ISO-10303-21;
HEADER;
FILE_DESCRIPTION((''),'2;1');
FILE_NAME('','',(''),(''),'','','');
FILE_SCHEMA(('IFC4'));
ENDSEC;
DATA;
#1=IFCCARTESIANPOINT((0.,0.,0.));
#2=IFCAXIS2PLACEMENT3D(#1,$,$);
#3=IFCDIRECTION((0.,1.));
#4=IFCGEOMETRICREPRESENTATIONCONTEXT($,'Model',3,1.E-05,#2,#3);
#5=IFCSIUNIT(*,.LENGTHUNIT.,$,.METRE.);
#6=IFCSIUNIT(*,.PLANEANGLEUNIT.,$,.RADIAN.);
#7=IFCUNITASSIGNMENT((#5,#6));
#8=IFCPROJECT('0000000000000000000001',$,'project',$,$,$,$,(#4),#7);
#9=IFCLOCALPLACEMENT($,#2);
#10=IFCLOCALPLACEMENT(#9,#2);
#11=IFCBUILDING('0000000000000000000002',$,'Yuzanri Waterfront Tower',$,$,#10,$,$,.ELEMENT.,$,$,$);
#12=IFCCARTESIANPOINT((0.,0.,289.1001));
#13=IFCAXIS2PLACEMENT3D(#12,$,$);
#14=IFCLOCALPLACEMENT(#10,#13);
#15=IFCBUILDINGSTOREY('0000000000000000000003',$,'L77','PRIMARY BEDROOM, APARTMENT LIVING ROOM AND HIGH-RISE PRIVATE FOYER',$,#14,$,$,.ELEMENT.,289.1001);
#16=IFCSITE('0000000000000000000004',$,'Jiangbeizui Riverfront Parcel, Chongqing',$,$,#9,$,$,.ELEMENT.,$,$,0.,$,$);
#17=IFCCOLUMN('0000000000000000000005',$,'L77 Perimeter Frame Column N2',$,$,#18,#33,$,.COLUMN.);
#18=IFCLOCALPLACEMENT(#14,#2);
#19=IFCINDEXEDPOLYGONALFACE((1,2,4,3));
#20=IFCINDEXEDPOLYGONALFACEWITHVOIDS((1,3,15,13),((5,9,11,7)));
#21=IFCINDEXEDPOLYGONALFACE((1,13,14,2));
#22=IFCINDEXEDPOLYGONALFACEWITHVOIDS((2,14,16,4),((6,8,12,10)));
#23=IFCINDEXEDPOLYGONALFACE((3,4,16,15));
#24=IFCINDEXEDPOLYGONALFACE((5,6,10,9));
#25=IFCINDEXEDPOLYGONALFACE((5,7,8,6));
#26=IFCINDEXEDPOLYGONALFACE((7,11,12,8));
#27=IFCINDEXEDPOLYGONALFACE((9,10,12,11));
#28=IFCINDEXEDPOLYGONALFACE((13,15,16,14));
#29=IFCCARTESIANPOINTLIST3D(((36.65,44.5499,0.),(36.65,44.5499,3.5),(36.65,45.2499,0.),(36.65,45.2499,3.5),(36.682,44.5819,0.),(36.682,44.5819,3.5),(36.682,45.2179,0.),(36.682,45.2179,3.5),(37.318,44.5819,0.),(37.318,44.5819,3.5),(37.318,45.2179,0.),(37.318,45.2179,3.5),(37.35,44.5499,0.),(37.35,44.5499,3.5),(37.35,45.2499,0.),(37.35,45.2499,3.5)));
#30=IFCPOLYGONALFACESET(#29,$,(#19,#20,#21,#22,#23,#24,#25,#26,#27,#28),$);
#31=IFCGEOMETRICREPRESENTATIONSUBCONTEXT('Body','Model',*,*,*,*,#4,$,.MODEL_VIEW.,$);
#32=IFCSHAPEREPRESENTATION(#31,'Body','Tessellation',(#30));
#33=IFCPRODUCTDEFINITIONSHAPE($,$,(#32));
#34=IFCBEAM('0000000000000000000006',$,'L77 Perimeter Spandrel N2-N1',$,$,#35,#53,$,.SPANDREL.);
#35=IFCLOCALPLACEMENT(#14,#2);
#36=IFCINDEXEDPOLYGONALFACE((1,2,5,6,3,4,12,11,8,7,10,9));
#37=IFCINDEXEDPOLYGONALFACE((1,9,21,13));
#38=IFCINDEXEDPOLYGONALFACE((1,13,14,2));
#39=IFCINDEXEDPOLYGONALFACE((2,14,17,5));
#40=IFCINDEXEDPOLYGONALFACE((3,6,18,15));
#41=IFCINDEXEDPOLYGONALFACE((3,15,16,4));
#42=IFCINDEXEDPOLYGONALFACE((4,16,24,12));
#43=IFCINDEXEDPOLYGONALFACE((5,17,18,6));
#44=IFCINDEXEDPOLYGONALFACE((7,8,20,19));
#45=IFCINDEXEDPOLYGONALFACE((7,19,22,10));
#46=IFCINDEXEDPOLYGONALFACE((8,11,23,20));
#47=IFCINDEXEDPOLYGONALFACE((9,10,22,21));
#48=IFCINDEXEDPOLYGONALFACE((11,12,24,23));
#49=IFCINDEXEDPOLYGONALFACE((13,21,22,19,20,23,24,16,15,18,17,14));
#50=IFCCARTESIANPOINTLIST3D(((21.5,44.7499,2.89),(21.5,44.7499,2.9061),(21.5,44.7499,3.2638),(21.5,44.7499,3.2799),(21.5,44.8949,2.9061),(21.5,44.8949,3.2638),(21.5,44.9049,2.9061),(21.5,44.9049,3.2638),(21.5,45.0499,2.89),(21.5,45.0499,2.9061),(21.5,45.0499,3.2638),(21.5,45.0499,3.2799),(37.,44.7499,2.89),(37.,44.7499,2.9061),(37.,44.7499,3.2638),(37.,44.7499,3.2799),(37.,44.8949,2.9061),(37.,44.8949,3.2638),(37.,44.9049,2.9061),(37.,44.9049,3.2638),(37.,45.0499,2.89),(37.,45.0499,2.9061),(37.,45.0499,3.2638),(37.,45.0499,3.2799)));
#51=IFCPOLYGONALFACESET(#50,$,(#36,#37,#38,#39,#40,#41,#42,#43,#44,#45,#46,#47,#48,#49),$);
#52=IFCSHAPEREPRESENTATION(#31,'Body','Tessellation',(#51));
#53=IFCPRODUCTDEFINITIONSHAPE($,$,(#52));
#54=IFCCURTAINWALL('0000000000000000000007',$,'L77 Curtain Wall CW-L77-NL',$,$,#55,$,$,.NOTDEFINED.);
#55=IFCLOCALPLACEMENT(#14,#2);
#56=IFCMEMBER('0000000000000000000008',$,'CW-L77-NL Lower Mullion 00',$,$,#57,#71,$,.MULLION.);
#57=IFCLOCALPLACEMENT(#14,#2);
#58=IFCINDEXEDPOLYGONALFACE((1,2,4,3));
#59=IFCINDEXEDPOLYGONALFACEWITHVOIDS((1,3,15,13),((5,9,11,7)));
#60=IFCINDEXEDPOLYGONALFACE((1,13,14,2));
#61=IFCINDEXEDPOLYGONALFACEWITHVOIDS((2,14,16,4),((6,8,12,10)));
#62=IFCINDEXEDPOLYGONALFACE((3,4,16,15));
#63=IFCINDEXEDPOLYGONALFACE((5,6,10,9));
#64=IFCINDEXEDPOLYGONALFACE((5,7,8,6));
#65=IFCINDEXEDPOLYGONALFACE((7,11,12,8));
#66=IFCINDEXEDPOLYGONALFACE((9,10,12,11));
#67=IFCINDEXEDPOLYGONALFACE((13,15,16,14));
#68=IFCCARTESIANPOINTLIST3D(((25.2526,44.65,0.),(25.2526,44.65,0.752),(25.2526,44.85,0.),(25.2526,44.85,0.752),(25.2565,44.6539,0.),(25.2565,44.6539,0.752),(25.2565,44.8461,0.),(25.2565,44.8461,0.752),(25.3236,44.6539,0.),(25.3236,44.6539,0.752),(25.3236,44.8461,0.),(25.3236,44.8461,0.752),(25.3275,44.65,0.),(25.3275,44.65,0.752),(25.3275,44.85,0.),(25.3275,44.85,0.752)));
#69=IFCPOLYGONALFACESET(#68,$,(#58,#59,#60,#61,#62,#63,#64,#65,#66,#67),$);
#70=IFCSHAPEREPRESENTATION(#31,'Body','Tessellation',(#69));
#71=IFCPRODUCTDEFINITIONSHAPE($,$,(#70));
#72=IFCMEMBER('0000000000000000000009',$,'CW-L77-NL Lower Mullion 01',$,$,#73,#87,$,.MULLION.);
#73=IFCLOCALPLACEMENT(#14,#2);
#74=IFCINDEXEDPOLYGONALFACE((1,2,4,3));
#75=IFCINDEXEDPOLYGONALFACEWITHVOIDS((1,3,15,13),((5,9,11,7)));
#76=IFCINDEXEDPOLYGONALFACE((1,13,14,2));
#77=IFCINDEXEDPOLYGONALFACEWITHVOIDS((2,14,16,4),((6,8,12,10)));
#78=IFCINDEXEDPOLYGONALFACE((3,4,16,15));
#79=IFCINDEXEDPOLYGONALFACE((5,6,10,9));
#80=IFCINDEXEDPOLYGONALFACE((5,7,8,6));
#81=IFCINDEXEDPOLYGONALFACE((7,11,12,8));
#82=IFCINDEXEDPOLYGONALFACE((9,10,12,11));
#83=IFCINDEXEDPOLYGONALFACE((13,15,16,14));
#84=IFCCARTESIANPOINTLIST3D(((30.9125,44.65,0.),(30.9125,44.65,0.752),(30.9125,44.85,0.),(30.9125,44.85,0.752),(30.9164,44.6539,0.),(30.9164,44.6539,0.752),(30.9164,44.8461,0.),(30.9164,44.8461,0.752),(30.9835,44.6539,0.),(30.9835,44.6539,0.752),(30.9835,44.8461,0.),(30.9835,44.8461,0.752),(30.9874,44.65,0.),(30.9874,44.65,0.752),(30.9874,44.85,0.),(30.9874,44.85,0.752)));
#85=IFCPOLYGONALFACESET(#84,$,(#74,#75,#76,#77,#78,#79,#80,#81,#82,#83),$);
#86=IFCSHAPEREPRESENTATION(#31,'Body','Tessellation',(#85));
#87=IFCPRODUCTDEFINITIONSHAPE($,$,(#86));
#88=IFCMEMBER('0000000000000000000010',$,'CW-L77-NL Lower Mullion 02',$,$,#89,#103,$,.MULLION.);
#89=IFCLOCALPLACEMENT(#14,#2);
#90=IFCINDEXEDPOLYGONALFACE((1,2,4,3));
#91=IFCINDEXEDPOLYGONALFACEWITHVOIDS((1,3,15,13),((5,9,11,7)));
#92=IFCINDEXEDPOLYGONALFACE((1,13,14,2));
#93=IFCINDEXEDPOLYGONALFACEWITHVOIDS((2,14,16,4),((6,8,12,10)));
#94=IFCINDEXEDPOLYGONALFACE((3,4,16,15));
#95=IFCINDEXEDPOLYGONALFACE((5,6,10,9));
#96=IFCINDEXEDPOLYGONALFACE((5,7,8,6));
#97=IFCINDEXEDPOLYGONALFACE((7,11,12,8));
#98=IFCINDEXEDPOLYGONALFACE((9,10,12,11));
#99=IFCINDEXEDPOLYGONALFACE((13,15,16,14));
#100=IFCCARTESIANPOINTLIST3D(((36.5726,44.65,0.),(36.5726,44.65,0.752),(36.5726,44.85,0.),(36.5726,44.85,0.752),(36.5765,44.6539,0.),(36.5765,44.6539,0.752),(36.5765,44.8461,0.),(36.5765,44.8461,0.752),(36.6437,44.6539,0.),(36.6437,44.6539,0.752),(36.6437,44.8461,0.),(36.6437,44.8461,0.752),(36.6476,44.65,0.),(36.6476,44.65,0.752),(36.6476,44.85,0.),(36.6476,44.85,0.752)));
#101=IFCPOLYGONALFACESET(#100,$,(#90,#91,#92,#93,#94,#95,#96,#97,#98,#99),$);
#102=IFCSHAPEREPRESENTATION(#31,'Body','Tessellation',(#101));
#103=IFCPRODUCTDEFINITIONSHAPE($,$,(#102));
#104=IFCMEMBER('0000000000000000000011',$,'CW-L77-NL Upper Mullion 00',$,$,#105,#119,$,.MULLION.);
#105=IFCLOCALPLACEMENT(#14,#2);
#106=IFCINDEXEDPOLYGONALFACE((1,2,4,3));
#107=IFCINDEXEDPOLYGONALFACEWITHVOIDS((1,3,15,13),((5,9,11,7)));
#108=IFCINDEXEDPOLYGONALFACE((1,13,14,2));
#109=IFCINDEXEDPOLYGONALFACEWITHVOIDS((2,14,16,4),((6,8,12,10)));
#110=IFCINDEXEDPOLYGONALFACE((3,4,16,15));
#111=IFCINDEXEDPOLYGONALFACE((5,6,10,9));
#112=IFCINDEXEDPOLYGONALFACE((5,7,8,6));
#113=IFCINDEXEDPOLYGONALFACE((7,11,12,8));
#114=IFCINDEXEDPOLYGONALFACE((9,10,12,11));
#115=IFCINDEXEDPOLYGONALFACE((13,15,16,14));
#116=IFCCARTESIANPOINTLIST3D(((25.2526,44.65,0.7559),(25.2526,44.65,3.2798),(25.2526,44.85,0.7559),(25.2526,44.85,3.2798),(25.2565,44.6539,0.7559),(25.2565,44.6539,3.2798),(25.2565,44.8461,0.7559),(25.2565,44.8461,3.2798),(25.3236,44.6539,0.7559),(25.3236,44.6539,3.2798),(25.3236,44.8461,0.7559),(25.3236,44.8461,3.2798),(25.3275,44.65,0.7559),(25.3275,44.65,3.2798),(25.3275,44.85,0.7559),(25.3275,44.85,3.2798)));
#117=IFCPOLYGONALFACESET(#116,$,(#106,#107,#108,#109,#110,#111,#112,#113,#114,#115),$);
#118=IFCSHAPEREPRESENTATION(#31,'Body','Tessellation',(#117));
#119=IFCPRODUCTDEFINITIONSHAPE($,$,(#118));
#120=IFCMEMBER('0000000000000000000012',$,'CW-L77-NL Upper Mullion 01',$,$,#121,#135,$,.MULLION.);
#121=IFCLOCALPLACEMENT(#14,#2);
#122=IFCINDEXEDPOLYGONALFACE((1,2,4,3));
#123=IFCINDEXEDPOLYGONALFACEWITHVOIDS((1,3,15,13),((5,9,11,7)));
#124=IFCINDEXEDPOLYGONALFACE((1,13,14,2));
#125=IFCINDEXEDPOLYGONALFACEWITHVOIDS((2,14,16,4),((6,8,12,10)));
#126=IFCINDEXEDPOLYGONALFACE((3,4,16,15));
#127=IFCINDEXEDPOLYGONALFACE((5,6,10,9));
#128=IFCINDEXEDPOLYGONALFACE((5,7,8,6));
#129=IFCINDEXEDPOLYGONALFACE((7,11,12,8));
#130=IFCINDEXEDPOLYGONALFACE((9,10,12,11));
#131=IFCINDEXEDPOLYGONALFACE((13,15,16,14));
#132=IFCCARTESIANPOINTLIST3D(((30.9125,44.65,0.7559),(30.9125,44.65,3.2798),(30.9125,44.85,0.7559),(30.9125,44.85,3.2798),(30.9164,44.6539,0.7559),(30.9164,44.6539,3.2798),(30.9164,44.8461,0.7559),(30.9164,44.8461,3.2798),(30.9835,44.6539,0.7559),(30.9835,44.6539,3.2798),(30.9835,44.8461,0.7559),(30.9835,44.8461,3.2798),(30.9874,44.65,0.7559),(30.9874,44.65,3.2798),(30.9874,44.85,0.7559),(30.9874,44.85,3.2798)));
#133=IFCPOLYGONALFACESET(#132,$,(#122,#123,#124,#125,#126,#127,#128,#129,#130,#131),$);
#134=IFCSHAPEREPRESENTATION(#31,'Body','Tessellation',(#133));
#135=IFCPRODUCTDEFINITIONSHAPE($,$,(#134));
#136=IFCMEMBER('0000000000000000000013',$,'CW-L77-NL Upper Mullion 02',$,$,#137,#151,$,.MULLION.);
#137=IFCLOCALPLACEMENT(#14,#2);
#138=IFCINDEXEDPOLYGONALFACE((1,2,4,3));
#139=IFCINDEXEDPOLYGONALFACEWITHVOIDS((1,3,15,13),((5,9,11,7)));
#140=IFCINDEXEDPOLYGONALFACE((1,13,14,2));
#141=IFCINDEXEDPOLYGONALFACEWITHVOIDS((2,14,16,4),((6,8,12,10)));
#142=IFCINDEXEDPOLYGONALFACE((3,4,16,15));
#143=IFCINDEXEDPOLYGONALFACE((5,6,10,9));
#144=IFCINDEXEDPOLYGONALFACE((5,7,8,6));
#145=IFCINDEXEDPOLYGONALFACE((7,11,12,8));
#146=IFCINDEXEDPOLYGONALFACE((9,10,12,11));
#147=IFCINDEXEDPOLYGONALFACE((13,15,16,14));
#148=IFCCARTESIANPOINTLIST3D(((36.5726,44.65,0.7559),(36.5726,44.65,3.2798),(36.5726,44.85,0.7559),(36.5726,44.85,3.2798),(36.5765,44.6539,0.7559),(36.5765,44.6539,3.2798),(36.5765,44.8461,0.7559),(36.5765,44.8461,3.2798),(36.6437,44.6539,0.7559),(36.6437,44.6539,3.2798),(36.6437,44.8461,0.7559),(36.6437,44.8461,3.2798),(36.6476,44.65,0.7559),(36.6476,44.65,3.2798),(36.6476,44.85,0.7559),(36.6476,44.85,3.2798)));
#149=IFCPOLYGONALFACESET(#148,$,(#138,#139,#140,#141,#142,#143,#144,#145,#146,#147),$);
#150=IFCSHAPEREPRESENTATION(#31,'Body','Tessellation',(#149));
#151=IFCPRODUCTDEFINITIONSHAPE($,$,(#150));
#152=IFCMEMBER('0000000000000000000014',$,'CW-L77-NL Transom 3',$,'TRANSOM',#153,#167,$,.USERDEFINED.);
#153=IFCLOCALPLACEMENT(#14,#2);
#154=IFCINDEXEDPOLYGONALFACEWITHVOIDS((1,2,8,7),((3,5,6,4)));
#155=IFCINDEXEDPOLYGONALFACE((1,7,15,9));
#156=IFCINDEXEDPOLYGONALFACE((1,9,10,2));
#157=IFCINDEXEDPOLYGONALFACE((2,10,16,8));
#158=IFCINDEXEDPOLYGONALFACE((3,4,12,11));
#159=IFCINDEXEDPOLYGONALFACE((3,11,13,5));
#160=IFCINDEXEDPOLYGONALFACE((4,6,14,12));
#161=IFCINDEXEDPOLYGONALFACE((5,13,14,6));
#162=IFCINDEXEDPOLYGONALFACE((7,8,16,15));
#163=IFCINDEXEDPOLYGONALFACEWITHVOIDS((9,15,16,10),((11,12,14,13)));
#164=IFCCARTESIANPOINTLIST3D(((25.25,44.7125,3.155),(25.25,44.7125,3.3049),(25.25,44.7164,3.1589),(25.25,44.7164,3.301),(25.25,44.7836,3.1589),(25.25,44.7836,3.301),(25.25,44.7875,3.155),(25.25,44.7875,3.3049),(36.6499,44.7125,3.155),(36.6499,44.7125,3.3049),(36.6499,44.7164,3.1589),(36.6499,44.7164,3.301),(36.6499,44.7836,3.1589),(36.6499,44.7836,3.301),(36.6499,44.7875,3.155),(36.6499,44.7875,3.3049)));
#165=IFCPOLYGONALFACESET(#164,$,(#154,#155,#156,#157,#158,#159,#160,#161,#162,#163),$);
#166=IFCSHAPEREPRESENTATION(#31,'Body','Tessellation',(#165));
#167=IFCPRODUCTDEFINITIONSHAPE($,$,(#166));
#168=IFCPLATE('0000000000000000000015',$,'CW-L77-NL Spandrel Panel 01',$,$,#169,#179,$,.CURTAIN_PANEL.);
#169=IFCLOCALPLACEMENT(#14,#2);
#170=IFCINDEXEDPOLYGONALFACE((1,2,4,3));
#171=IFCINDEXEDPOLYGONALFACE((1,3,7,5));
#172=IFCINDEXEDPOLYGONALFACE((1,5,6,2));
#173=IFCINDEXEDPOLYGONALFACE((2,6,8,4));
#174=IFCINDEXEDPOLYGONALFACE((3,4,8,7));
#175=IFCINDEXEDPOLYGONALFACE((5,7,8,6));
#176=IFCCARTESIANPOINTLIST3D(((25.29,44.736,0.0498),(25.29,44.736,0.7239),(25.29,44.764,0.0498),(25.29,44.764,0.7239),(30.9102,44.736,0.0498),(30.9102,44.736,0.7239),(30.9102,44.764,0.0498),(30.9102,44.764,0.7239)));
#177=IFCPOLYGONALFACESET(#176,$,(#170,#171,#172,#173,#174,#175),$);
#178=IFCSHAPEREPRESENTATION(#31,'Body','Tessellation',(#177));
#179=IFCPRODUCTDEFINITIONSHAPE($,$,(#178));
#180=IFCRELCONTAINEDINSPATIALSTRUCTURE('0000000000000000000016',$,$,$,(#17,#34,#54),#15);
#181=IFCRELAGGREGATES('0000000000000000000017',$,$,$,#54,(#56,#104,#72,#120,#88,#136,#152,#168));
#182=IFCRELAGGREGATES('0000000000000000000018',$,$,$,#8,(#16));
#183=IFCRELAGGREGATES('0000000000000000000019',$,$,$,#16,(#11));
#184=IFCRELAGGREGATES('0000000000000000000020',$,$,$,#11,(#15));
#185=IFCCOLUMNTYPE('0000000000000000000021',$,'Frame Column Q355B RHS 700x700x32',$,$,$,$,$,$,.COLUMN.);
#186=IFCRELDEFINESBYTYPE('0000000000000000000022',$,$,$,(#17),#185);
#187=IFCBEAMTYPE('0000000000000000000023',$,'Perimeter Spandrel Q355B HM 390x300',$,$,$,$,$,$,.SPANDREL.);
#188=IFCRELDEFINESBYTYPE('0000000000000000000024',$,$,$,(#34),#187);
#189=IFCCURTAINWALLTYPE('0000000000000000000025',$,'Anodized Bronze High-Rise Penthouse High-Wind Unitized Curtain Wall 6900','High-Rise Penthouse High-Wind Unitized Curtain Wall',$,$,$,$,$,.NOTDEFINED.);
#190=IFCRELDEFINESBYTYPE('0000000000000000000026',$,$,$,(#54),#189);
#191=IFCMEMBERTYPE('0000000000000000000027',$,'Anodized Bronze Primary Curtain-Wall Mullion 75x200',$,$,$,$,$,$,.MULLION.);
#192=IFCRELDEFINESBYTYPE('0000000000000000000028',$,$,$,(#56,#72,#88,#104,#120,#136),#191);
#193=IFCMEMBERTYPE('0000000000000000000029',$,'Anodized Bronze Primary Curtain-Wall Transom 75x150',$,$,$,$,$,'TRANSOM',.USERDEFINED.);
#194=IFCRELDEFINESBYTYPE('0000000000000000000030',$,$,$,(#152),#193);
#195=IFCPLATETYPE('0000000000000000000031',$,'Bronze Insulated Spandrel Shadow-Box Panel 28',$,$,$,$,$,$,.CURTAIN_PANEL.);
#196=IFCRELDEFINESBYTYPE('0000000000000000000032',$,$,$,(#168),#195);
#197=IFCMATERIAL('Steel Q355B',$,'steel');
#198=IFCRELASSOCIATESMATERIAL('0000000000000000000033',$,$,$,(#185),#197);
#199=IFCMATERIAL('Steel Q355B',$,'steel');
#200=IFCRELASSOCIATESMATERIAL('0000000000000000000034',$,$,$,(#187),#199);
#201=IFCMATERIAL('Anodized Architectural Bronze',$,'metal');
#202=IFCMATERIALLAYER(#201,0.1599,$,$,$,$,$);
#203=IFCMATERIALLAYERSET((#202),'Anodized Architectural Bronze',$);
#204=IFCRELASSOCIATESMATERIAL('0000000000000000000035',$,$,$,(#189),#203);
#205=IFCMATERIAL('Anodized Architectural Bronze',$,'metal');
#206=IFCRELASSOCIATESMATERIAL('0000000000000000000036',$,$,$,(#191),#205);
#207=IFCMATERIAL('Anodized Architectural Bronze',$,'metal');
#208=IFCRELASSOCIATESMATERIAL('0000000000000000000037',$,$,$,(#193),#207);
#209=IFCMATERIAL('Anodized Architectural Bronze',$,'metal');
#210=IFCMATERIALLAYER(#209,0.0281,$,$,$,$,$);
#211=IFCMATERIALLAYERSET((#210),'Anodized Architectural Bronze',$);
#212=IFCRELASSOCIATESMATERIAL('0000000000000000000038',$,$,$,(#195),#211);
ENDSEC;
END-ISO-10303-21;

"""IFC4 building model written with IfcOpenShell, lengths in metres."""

from ifc_helpers import new_model, si_unit, direction, frame, origin, origin_2d, place, context, subcontext, project, spatial, rectangle, hollow_rectangle, i_section, extrude, source, transform, mapped, material, layer, layer_set, material_profile, profile_set, type_object, element, aggregate, save


model = new_model("IFC4")

# Units and contexts
model_context = context("Model", 3, precision=1e-05, world=origin(), true_north=direction((0.0, 1.0)))
body_context = subcontext(model_context, "Body", "Model", "MODEL_VIEW")
ifc_project = project(units=[si_unit("LENGTHUNIT", "METRE"), si_unit("PLANEANGLEUNIT", "RADIAN")], contexts=[model_context])

# Site, building, storey
site_placement = place(None, origin())
site = spatial("IfcSite", under=ifc_project, at=site_placement, Name="Jiangbeizui Riverfront Parcel, Chongqing", CompositionType="ELEMENT", RefElevation=0.0)
building_placement = place(site_placement, origin())
building = spatial("IfcBuilding", under=site, at=building_placement, Name="Yuzanri Waterfront Tower", CompositionType="ELEMENT")
storey_placement = place(building_placement, frame((0.0, 0.0, 289.1001)))
storey = spatial("IfcBuildingStorey", under=building, at=storey_placement, Name="L77", Description="PRIMARY BEDROOM, APARTMENT LIVING ROOM AND HIGH-RISE PRIVATE FOYER", CompositionType="ELEMENT", Elevation=289.1001)

# Column
ifc_material_1 = material(Name="Steel Q355B", Category="steel")
ifc_material_profile_1 = material_profile(ifc_material_1, hollow_rectangle(XDim=0.7, YDim=0.7, WallThickness=0.032, at=origin_2d()), Name="RHS 700x700x32")
ifc_profile_set_1 = profile_set([ifc_material_profile_1], Name="Steel Q355B")
column_type = type_object("IfcColumnType", Name="Frame Column Q355B RHS 700x700x32", PredefinedType="COLUMN", material=ifc_profile_set_1)
shared_shape_1 = source(origin(), body_context, "Body", "SweptSolid", [
    extrude(hollow_rectangle(XDim=0.7, YDim=0.7, WallThickness=0.032, at=origin_2d()), origin(), (0.0, 0.0, 1.0), 3.5),
])
column_placement = place(storey_placement, frame((37.0, 44.8999, 0.0), z_axis=(0.0, 0.0, 1.0), x_axis=(1.0, 0.0, 0.0)))
element("IfcColumn", 1, at=column_placement, inside=storey, type_object=column_type, Name="L77 Perimeter Frame Column N2", PredefinedType="COLUMN", context=body_context, shape_type="MappedRepresentation", body=[
    mapped(shared_shape_1, transform((0.0, 0.0, 0.0), scale=1.0)),
])

# Beam
ifc_material_2 = material(Name="Steel Q355B", Category="steel")
ifc_material_profile_2 = material_profile(ifc_material_2, i_section(OverallWidth=0.3, OverallDepth=0.3899, WebThickness=0.01, FlangeThickness=0.0161, at=origin_2d()), Name="HM 390x300x10x16")
ifc_profile_set_2 = profile_set([ifc_material_profile_2], Name="Steel Q355B")
beam_type = type_object("IfcBeamType", Name="Perimeter Spandrel Q355B HM 390x300", PredefinedType="SPANDREL", material=ifc_profile_set_2)
shared_shape_2 = source(origin(), body_context, "Body", "SweptSolid", [
    extrude(i_section(OverallWidth=0.3, OverallDepth=0.3899, WebThickness=0.01, FlangeThickness=0.0161, at=origin_2d()), origin(), (0.0, 0.0, 1.0), 15.5),
])
beam_placement = place(storey_placement, frame((37.0, 44.8999, 3.085), z_axis=(-1.0, 0.0, 0.0), x_axis=(0.0, -1.0, 0.0)))
element("IfcBeam", 2, at=beam_placement, inside=storey, type_object=beam_type, Name="L77 Perimeter Spandrel N2-N1", PredefinedType="SPANDREL", context=body_context, shape_type="MappedRepresentation", body=[
    mapped(shared_shape_2, transform((0.0, 0.0, 0.0), scale=1.0)),
])

# Curtain wall, members, plate
ifc_material_3 = material(Name="Anodized Architectural Bronze", Category="metal")
ifc_layer_1 = layer(ifc_material_3, 0.1599)
ifc_layer_set_1 = layer_set([ifc_layer_1], Name="Anodized Architectural Bronze")
curtain_wall_type = type_object("IfcCurtainWallType", Name="Anodized Bronze High-Rise Penthouse High-Wind Unitized Curtain Wall 6900", Description="High-Rise Penthouse High-Wind Unitized Curtain Wall", PredefinedType="NOTDEFINED", material=ifc_layer_set_1)
curtain_wall_placement = place(storey_placement, origin())
curtain_wall = element("IfcCurtainWall", 3, at=curtain_wall_placement, inside=storey, type_object=curtain_wall_type, Name="L77 Curtain Wall CW-L77-NL", PredefinedType="NOTDEFINED")
ifc_material_4 = material(Name="Anodized Architectural Bronze", Category="metal")
ifc_material_profile_3 = material_profile(ifc_material_4, hollow_rectangle(XDim=0.075, YDim=0.2, WallThickness=0.0039, at=origin_2d()), Name="CWM 75x200")
ifc_profile_set_3 = profile_set([ifc_material_profile_3], Name="Anodized Architectural Bronze")
member_type_1 = type_object("IfcMemberType", Name="Anodized Bronze Primary Curtain-Wall Mullion 75x200", PredefinedType="MULLION", material=ifc_profile_set_3)
shared_shape_3 = source(origin(), body_context, "Body", "SweptSolid", [
    extrude(hollow_rectangle(XDim=0.075, YDim=0.2, WallThickness=0.0039, at=origin_2d()), origin(), (0.0, 0.0, 1.0), 0.752),
])
member_1_placement = place(storey_placement, frame((25.29, 44.75, 0.0), z_axis=(0.0, 0.0, 1.0), x_axis=(1.0, 0.0, 0.0)))
member_1 = element("IfcMember", 4, at=member_1_placement, type_object=member_type_1, Name="CW-L77-NL Lower Mullion 00", PredefinedType="MULLION", context=body_context, shape_type="MappedRepresentation", body=[
    mapped(shared_shape_3, transform((0.0, 0.0, 0.0), scale=1.0)),
])
member_2_placement = place(storey_placement, frame((30.95, 44.75, 0.0), z_axis=(0.0, 0.0, 1.0), x_axis=(1.0, 0.0, 0.0)))
member_2 = element("IfcMember", 5, at=member_2_placement, type_object=member_type_1, Name="CW-L77-NL Lower Mullion 01", PredefinedType="MULLION", context=body_context, shape_type="MappedRepresentation", body=[
    mapped(shared_shape_3, transform((0.0, 0.0, 0.0), scale=1.0)),
])
member_3_placement = place(storey_placement, frame((36.6101, 44.75, 0.0), z_axis=(0.0, 0.0, 1.0), x_axis=(1.0, 0.0, 0.0)))
member_3 = element("IfcMember", 6, at=member_3_placement, type_object=member_type_1, Name="CW-L77-NL Lower Mullion 02", PredefinedType="MULLION", context=body_context, shape_type="MappedRepresentation", body=[
    mapped(shared_shape_3, transform((0.0, 0.0, 0.0), scale=1.0)),
])
shared_shape_4 = source(origin(), body_context, "Body", "SweptSolid", [
    extrude(hollow_rectangle(XDim=0.075, YDim=0.2, WallThickness=0.0039, at=origin_2d()), origin(), (0.0, 0.0, 1.0), 2.5239),
])
member_4_placement = place(storey_placement, frame((25.29, 44.75, 0.7559), z_axis=(0.0, 0.0, 1.0), x_axis=(1.0, 0.0, 0.0)))
member_4 = element("IfcMember", 7, at=member_4_placement, type_object=member_type_1, Name="CW-L77-NL Upper Mullion 00", PredefinedType="MULLION", context=body_context, shape_type="MappedRepresentation", body=[
    mapped(shared_shape_4, transform((0.0, 0.0, 0.0), scale=1.0)),
])
member_5_placement = place(storey_placement, frame((30.95, 44.75, 0.7559), z_axis=(0.0, 0.0, 1.0), x_axis=(1.0, 0.0, 0.0)))
member_5 = element("IfcMember", 8, at=member_5_placement, type_object=member_type_1, Name="CW-L77-NL Upper Mullion 01", PredefinedType="MULLION", context=body_context, shape_type="MappedRepresentation", body=[
    mapped(shared_shape_4, transform((0.0, 0.0, 0.0), scale=1.0)),
])
member_6_placement = place(storey_placement, frame((36.6101, 44.75, 0.7559), z_axis=(0.0, 0.0, 1.0), x_axis=(1.0, 0.0, 0.0)))
member_6 = element("IfcMember", 9, at=member_6_placement, type_object=member_type_1, Name="CW-L77-NL Upper Mullion 02", PredefinedType="MULLION", context=body_context, shape_type="MappedRepresentation", body=[
    mapped(shared_shape_4, transform((0.0, 0.0, 0.0), scale=1.0)),
])
ifc_material_5 = material(Name="Anodized Architectural Bronze", Category="metal")
ifc_material_profile_4 = material_profile(ifc_material_5, hollow_rectangle(XDim=0.075, YDim=0.1499, WallThickness=0.0039, at=origin_2d()), Name="CWT 75x150")
ifc_profile_set_4 = profile_set([ifc_material_profile_4], Name="Anodized Architectural Bronze")
member_type_2 = type_object("IfcMemberType", Name="Anodized Bronze Primary Curtain-Wall Transom 75x150", ElementType="TRANSOM", PredefinedType="USERDEFINED", material=ifc_profile_set_4)
shared_shape_5 = source(origin(), body_context, "Body", "SweptSolid", [
    extrude(hollow_rectangle(XDim=0.075, YDim=0.1499, WallThickness=0.0039, at=origin_2d()), origin(), (0.0, 0.0, 1.0), 11.3999),
])
member_7_placement = place(storey_placement, frame((25.25, 44.75, 3.23), z_axis=(1.0, 0.0, 0.0), x_axis=(0.0, 1.0, 0.0)))
member_7 = element("IfcMember", 10, at=member_7_placement, type_object=member_type_2, Name="CW-L77-NL Transom 3", ObjectType="TRANSOM", PredefinedType="USERDEFINED", context=body_context, shape_type="MappedRepresentation", body=[
    mapped(shared_shape_5, transform((0.0, 0.0, 0.0), scale=1.0)),
])
ifc_material_6 = material(Name="Anodized Architectural Bronze", Category="metal")
ifc_layer_2 = layer(ifc_material_6, 0.0281)
ifc_layer_set_2 = layer_set([ifc_layer_2], Name="Anodized Architectural Bronze")
plate_type_1 = type_object("IfcPlateType", Name="Bronze Insulated Spandrel Shadow-Box Panel 28", PredefinedType="CURTAIN_PANEL", material=ifc_layer_set_2)
shared_shape_6 = source(origin(), body_context, "Body", "SweptSolid", [
    extrude(rectangle(XDim=5.6201, YDim=0.0281, at=origin_2d()), origin(), (0.0, 0.0, 1.0), 0.6741),
])
plate_1_placement = place(storey_placement, frame((28.1001, 44.75, 0.0498), z_axis=(0.0, 0.0, 1.0), x_axis=(1.0, 0.0, 0.0)))
plate_1 = element("IfcPlate", 11, at=plate_1_placement, type_object=plate_type_1, Name="CW-L77-NL Spandrel Panel 01", PredefinedType="CURTAIN_PANEL", context=body_context, shape_type="MappedRepresentation", body=[
    mapped(shared_shape_6, transform((0.0, 0.0, 0.0), scale=1.0)),
])
aggregate(curtain_wall, [member_1, member_4, member_2, member_5, member_3, member_6, member_7, plate_1])

save(model, "model.ifc")
